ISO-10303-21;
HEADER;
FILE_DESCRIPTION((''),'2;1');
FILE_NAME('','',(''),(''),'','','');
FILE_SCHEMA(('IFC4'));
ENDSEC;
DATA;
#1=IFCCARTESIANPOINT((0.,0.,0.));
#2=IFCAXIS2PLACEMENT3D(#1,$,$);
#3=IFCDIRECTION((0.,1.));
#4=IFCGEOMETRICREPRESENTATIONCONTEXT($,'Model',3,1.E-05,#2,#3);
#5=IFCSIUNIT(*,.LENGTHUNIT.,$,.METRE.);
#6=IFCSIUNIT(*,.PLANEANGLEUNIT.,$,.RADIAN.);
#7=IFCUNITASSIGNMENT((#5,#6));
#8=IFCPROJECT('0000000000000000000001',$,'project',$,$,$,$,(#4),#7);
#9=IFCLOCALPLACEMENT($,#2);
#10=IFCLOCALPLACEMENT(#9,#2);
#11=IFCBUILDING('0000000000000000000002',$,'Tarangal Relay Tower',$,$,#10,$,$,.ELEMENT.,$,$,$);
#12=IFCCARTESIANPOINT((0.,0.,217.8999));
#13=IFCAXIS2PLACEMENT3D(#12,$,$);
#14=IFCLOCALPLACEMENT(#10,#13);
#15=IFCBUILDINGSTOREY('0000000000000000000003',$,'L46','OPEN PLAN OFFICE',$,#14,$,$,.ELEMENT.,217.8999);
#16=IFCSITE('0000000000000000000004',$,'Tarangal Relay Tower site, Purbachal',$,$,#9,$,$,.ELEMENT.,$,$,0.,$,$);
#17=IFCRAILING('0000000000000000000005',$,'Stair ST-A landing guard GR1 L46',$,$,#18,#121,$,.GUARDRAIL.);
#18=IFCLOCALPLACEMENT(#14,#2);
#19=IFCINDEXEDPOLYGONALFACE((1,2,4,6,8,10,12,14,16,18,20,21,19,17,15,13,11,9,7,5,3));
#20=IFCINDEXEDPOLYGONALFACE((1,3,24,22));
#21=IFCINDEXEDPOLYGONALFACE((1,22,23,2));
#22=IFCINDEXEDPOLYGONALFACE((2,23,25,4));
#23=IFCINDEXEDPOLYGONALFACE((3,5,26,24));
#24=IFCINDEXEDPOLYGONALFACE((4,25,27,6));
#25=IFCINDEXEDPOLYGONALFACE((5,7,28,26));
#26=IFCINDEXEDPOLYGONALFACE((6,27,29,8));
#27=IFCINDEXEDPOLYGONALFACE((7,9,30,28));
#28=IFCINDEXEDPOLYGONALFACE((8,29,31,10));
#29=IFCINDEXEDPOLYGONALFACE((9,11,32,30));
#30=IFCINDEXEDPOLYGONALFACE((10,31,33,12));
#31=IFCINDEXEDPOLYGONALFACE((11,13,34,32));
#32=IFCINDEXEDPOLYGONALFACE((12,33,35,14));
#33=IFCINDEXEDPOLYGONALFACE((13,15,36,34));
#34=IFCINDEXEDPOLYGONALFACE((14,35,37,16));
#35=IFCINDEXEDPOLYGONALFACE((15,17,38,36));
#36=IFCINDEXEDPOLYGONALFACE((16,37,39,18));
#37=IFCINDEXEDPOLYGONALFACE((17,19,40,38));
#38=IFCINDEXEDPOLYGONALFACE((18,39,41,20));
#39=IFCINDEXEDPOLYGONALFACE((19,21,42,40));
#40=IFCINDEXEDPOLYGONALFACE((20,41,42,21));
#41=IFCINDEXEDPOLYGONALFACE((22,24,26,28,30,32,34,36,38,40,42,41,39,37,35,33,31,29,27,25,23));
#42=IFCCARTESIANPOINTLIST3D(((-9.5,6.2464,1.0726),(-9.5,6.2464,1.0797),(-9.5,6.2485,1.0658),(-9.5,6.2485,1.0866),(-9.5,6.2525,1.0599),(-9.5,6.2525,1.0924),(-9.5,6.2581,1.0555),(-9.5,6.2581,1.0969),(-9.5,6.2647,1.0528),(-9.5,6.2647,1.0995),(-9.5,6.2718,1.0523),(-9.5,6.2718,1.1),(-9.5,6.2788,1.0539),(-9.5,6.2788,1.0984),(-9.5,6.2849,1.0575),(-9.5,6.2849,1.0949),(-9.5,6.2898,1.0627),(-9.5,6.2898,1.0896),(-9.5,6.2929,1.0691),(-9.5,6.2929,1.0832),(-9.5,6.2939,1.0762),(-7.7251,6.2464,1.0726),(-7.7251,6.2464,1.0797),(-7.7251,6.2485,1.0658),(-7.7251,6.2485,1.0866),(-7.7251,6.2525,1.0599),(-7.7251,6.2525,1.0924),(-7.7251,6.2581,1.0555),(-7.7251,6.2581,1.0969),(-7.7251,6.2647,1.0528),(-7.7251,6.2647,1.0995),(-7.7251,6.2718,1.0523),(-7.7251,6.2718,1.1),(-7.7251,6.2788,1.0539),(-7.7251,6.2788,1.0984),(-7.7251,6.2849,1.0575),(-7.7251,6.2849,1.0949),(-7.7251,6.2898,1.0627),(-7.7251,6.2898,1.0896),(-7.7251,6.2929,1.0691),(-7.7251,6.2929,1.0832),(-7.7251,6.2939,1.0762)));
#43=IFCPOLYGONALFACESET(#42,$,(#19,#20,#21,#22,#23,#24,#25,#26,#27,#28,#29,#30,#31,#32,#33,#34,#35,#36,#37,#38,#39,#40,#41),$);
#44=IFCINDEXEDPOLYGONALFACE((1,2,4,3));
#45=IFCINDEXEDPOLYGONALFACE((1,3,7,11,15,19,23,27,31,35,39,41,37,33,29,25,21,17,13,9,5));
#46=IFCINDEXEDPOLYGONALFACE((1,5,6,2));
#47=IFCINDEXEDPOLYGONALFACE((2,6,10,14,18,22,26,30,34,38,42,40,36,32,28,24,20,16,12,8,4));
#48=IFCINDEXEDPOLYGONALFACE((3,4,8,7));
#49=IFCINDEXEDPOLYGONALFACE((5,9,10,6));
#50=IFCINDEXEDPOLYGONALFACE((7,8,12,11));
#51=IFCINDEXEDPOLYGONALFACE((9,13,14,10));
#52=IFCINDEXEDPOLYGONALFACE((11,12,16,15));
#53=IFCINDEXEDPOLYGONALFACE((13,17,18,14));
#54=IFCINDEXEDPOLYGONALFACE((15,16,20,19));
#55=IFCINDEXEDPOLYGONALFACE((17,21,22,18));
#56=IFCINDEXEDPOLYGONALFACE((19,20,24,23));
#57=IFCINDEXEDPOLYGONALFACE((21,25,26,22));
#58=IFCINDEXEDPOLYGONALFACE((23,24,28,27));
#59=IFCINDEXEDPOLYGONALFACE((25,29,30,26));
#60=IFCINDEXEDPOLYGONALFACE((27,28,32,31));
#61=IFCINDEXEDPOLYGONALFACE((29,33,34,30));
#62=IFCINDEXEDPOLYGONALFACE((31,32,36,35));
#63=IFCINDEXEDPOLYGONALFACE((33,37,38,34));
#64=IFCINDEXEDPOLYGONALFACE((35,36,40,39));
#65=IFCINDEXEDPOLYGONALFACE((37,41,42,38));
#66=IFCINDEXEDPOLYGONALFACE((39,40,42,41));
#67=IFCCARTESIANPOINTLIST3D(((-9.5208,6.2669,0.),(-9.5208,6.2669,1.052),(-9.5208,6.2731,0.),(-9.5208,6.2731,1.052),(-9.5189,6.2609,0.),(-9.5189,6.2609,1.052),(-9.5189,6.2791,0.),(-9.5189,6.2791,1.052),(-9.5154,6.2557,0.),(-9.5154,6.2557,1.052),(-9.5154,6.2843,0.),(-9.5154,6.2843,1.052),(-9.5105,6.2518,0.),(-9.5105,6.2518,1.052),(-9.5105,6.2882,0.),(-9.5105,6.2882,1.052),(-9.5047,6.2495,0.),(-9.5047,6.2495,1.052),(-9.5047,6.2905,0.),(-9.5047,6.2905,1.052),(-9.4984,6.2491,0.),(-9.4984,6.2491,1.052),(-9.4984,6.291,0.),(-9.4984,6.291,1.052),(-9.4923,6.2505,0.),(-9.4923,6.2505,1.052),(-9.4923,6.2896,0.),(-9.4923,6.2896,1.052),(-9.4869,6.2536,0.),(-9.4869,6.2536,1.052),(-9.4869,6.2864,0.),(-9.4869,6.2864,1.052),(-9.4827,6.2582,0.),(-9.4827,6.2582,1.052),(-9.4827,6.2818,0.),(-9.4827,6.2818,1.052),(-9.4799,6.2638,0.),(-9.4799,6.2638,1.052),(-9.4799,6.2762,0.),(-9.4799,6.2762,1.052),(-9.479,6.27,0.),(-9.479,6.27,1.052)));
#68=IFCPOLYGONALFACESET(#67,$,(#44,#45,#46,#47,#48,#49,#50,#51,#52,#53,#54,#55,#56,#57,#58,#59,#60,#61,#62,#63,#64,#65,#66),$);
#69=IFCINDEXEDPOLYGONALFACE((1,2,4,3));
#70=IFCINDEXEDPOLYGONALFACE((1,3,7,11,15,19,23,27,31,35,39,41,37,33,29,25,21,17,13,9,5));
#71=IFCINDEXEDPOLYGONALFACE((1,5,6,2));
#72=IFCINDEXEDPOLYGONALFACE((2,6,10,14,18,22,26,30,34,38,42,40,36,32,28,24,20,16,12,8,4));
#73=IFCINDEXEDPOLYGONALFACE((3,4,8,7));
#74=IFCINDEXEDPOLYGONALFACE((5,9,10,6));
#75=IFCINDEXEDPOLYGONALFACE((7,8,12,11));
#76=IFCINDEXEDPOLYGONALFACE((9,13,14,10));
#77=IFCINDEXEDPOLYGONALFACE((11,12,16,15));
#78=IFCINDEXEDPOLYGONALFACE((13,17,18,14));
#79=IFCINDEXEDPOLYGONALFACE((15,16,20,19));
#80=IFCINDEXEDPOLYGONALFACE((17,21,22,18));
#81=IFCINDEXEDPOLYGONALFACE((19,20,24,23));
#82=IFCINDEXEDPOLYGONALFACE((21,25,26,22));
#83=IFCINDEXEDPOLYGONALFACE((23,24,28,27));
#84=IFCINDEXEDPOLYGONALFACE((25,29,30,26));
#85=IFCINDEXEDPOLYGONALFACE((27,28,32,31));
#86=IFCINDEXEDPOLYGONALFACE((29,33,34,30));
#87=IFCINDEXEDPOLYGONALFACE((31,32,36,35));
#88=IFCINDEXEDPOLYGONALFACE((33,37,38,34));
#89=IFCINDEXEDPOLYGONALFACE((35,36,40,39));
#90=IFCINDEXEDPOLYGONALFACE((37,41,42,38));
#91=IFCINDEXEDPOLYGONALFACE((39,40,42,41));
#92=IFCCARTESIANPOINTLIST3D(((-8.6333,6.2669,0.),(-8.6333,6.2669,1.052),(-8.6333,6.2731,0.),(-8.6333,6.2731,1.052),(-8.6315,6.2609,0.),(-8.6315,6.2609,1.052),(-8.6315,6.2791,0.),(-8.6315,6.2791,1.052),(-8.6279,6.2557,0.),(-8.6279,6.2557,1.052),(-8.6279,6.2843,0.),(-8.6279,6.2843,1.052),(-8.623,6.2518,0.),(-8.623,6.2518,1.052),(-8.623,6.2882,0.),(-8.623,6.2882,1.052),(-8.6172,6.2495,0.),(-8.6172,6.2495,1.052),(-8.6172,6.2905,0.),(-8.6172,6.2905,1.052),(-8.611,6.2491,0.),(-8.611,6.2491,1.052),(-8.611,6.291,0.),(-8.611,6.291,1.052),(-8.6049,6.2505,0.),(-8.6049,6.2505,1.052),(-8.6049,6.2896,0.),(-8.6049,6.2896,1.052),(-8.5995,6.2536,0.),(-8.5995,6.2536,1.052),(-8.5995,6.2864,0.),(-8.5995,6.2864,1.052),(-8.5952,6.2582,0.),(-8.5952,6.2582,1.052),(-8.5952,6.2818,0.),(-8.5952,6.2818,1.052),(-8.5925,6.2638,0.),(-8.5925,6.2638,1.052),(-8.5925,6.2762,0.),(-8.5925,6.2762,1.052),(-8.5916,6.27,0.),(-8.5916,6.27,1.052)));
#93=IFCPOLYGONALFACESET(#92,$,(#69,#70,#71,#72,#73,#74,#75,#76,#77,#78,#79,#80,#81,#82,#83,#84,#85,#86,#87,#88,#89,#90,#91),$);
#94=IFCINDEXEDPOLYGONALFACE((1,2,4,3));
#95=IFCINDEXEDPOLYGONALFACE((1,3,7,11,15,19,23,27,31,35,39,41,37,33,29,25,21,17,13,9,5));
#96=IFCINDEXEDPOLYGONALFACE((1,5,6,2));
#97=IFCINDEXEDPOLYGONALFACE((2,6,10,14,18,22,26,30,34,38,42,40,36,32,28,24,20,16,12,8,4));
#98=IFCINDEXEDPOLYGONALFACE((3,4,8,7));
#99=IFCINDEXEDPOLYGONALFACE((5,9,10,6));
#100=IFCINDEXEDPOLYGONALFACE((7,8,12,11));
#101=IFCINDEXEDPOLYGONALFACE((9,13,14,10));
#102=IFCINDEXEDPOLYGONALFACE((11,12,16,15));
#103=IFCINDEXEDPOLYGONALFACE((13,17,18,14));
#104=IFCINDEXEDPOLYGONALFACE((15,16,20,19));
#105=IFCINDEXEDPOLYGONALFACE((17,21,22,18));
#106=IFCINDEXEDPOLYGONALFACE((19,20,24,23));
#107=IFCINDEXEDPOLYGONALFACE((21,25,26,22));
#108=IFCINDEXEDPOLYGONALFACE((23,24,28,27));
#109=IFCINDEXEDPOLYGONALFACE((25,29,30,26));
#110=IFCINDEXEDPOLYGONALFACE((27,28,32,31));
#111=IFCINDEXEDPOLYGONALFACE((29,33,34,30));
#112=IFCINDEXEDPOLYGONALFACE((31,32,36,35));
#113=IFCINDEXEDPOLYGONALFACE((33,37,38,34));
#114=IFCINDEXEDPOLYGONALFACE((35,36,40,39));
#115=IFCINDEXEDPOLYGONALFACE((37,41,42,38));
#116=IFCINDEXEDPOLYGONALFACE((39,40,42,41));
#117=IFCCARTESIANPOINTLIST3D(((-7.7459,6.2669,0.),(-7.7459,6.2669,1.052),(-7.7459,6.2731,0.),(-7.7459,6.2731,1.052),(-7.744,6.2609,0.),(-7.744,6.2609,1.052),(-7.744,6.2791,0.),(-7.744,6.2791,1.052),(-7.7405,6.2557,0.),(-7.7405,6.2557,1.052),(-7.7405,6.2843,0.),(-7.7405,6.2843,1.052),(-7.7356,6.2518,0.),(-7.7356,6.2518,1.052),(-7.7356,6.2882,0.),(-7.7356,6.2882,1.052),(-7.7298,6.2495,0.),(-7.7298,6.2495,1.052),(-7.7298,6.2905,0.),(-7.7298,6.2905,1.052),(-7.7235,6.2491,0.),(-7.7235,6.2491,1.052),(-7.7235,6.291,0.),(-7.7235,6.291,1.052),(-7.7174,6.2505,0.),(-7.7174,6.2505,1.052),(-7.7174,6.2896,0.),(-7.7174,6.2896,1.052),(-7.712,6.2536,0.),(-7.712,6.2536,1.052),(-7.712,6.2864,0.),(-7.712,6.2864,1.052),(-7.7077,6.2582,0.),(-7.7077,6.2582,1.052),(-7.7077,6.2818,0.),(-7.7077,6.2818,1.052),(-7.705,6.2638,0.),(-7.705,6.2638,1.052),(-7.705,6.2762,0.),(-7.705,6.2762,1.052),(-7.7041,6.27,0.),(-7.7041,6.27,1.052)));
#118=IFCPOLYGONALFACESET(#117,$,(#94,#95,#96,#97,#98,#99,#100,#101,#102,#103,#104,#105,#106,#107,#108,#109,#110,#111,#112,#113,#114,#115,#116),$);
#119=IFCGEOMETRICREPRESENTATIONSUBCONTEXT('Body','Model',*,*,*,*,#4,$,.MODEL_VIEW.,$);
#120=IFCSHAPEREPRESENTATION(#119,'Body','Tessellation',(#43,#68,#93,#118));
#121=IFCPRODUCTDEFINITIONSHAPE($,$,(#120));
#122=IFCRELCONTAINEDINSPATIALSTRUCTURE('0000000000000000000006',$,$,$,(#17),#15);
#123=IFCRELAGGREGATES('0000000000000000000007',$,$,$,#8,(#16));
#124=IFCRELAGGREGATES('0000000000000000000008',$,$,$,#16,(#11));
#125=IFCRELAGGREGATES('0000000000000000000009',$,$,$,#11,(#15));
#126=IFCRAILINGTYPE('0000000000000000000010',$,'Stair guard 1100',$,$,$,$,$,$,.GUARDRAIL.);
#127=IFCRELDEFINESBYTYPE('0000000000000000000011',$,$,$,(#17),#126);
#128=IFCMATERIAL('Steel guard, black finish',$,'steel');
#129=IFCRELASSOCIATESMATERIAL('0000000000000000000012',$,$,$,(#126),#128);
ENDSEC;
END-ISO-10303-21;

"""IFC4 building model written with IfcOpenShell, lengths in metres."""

from ifc_helpers import new_model, si_unit, direction, frame, origin, origin_2d, place, context, subcontext, project, spatial, circle, extrude, material, type_object, element, save


model = new_model("IFC4")

# Units and contexts
model_context = context("Model", 3, precision=1e-05, world=origin(), true_north=direction((0.0, 1.0)))
body_context = subcontext(model_context, "Body", "Model", "MODEL_VIEW")
ifc_project = project(units=[si_unit("LENGTHUNIT", "METRE"), si_unit("PLANEANGLEUNIT", "RADIAN")], contexts=[model_context])

# Site, building, storey
site_placement = place(None, origin())
site = spatial("IfcSite", under=ifc_project, at=site_placement, Name="Tarangal Relay Tower site, Purbachal", CompositionType="ELEMENT", RefElevation=0.0)
building_placement = place(site_placement, origin())
building = spatial("IfcBuilding", under=site, at=building_placement, Name="Tarangal Relay Tower", CompositionType="ELEMENT")
storey_placement = place(building_placement, frame((0.0, 0.0, 217.8999)))
storey = spatial("IfcBuildingStorey", under=building, at=storey_placement, Name="L46", Description="OPEN PLAN OFFICE", CompositionType="ELEMENT", Elevation=217.8999)

# Railing
ifc_material_1 = material(Name="Steel guard, black finish", Category="steel")
railing_type_1 = type_object("IfcRailingType", Name="Stair guard 1100", PredefinedType="GUARDRAIL", material=ifc_material_1)
railing_1_placement = place(storey_placement, frame((-9.5, 6.27, 0.0)))
element("IfcRailing", 1, at=railing_1_placement, inside=storey, type_object=railing_type_1, Name="Stair ST-A landing guard GR1 L46", PredefinedType="GUARDRAIL", context=body_context, shape_type="SweptSolid", body=[
    extrude(circle(Radius=0.0239, at=origin_2d()), frame((0.0, 0.0, 1.0762), z_axis=(1.0, 0.0, 0.0), x_axis=(0.0, 1.0, 0.0)), (0.0, 0.0, 1.0), 1.7749),
    extrude(circle(Radius=0.021, at=origin_2d()), origin(), (0.0, 0.0, 1.0), 1.052),
    extrude(circle(Radius=0.021, at=origin_2d()), frame((0.8875, 0.0, 0.0)), (0.0, 0.0, 1.0), 1.052),
    extrude(circle(Radius=0.021, at=origin_2d()), frame((1.7749, 0.0, 0.0)), (0.0, 0.0, 1.0), 1.052),
])

save(model, "model.ifc")
